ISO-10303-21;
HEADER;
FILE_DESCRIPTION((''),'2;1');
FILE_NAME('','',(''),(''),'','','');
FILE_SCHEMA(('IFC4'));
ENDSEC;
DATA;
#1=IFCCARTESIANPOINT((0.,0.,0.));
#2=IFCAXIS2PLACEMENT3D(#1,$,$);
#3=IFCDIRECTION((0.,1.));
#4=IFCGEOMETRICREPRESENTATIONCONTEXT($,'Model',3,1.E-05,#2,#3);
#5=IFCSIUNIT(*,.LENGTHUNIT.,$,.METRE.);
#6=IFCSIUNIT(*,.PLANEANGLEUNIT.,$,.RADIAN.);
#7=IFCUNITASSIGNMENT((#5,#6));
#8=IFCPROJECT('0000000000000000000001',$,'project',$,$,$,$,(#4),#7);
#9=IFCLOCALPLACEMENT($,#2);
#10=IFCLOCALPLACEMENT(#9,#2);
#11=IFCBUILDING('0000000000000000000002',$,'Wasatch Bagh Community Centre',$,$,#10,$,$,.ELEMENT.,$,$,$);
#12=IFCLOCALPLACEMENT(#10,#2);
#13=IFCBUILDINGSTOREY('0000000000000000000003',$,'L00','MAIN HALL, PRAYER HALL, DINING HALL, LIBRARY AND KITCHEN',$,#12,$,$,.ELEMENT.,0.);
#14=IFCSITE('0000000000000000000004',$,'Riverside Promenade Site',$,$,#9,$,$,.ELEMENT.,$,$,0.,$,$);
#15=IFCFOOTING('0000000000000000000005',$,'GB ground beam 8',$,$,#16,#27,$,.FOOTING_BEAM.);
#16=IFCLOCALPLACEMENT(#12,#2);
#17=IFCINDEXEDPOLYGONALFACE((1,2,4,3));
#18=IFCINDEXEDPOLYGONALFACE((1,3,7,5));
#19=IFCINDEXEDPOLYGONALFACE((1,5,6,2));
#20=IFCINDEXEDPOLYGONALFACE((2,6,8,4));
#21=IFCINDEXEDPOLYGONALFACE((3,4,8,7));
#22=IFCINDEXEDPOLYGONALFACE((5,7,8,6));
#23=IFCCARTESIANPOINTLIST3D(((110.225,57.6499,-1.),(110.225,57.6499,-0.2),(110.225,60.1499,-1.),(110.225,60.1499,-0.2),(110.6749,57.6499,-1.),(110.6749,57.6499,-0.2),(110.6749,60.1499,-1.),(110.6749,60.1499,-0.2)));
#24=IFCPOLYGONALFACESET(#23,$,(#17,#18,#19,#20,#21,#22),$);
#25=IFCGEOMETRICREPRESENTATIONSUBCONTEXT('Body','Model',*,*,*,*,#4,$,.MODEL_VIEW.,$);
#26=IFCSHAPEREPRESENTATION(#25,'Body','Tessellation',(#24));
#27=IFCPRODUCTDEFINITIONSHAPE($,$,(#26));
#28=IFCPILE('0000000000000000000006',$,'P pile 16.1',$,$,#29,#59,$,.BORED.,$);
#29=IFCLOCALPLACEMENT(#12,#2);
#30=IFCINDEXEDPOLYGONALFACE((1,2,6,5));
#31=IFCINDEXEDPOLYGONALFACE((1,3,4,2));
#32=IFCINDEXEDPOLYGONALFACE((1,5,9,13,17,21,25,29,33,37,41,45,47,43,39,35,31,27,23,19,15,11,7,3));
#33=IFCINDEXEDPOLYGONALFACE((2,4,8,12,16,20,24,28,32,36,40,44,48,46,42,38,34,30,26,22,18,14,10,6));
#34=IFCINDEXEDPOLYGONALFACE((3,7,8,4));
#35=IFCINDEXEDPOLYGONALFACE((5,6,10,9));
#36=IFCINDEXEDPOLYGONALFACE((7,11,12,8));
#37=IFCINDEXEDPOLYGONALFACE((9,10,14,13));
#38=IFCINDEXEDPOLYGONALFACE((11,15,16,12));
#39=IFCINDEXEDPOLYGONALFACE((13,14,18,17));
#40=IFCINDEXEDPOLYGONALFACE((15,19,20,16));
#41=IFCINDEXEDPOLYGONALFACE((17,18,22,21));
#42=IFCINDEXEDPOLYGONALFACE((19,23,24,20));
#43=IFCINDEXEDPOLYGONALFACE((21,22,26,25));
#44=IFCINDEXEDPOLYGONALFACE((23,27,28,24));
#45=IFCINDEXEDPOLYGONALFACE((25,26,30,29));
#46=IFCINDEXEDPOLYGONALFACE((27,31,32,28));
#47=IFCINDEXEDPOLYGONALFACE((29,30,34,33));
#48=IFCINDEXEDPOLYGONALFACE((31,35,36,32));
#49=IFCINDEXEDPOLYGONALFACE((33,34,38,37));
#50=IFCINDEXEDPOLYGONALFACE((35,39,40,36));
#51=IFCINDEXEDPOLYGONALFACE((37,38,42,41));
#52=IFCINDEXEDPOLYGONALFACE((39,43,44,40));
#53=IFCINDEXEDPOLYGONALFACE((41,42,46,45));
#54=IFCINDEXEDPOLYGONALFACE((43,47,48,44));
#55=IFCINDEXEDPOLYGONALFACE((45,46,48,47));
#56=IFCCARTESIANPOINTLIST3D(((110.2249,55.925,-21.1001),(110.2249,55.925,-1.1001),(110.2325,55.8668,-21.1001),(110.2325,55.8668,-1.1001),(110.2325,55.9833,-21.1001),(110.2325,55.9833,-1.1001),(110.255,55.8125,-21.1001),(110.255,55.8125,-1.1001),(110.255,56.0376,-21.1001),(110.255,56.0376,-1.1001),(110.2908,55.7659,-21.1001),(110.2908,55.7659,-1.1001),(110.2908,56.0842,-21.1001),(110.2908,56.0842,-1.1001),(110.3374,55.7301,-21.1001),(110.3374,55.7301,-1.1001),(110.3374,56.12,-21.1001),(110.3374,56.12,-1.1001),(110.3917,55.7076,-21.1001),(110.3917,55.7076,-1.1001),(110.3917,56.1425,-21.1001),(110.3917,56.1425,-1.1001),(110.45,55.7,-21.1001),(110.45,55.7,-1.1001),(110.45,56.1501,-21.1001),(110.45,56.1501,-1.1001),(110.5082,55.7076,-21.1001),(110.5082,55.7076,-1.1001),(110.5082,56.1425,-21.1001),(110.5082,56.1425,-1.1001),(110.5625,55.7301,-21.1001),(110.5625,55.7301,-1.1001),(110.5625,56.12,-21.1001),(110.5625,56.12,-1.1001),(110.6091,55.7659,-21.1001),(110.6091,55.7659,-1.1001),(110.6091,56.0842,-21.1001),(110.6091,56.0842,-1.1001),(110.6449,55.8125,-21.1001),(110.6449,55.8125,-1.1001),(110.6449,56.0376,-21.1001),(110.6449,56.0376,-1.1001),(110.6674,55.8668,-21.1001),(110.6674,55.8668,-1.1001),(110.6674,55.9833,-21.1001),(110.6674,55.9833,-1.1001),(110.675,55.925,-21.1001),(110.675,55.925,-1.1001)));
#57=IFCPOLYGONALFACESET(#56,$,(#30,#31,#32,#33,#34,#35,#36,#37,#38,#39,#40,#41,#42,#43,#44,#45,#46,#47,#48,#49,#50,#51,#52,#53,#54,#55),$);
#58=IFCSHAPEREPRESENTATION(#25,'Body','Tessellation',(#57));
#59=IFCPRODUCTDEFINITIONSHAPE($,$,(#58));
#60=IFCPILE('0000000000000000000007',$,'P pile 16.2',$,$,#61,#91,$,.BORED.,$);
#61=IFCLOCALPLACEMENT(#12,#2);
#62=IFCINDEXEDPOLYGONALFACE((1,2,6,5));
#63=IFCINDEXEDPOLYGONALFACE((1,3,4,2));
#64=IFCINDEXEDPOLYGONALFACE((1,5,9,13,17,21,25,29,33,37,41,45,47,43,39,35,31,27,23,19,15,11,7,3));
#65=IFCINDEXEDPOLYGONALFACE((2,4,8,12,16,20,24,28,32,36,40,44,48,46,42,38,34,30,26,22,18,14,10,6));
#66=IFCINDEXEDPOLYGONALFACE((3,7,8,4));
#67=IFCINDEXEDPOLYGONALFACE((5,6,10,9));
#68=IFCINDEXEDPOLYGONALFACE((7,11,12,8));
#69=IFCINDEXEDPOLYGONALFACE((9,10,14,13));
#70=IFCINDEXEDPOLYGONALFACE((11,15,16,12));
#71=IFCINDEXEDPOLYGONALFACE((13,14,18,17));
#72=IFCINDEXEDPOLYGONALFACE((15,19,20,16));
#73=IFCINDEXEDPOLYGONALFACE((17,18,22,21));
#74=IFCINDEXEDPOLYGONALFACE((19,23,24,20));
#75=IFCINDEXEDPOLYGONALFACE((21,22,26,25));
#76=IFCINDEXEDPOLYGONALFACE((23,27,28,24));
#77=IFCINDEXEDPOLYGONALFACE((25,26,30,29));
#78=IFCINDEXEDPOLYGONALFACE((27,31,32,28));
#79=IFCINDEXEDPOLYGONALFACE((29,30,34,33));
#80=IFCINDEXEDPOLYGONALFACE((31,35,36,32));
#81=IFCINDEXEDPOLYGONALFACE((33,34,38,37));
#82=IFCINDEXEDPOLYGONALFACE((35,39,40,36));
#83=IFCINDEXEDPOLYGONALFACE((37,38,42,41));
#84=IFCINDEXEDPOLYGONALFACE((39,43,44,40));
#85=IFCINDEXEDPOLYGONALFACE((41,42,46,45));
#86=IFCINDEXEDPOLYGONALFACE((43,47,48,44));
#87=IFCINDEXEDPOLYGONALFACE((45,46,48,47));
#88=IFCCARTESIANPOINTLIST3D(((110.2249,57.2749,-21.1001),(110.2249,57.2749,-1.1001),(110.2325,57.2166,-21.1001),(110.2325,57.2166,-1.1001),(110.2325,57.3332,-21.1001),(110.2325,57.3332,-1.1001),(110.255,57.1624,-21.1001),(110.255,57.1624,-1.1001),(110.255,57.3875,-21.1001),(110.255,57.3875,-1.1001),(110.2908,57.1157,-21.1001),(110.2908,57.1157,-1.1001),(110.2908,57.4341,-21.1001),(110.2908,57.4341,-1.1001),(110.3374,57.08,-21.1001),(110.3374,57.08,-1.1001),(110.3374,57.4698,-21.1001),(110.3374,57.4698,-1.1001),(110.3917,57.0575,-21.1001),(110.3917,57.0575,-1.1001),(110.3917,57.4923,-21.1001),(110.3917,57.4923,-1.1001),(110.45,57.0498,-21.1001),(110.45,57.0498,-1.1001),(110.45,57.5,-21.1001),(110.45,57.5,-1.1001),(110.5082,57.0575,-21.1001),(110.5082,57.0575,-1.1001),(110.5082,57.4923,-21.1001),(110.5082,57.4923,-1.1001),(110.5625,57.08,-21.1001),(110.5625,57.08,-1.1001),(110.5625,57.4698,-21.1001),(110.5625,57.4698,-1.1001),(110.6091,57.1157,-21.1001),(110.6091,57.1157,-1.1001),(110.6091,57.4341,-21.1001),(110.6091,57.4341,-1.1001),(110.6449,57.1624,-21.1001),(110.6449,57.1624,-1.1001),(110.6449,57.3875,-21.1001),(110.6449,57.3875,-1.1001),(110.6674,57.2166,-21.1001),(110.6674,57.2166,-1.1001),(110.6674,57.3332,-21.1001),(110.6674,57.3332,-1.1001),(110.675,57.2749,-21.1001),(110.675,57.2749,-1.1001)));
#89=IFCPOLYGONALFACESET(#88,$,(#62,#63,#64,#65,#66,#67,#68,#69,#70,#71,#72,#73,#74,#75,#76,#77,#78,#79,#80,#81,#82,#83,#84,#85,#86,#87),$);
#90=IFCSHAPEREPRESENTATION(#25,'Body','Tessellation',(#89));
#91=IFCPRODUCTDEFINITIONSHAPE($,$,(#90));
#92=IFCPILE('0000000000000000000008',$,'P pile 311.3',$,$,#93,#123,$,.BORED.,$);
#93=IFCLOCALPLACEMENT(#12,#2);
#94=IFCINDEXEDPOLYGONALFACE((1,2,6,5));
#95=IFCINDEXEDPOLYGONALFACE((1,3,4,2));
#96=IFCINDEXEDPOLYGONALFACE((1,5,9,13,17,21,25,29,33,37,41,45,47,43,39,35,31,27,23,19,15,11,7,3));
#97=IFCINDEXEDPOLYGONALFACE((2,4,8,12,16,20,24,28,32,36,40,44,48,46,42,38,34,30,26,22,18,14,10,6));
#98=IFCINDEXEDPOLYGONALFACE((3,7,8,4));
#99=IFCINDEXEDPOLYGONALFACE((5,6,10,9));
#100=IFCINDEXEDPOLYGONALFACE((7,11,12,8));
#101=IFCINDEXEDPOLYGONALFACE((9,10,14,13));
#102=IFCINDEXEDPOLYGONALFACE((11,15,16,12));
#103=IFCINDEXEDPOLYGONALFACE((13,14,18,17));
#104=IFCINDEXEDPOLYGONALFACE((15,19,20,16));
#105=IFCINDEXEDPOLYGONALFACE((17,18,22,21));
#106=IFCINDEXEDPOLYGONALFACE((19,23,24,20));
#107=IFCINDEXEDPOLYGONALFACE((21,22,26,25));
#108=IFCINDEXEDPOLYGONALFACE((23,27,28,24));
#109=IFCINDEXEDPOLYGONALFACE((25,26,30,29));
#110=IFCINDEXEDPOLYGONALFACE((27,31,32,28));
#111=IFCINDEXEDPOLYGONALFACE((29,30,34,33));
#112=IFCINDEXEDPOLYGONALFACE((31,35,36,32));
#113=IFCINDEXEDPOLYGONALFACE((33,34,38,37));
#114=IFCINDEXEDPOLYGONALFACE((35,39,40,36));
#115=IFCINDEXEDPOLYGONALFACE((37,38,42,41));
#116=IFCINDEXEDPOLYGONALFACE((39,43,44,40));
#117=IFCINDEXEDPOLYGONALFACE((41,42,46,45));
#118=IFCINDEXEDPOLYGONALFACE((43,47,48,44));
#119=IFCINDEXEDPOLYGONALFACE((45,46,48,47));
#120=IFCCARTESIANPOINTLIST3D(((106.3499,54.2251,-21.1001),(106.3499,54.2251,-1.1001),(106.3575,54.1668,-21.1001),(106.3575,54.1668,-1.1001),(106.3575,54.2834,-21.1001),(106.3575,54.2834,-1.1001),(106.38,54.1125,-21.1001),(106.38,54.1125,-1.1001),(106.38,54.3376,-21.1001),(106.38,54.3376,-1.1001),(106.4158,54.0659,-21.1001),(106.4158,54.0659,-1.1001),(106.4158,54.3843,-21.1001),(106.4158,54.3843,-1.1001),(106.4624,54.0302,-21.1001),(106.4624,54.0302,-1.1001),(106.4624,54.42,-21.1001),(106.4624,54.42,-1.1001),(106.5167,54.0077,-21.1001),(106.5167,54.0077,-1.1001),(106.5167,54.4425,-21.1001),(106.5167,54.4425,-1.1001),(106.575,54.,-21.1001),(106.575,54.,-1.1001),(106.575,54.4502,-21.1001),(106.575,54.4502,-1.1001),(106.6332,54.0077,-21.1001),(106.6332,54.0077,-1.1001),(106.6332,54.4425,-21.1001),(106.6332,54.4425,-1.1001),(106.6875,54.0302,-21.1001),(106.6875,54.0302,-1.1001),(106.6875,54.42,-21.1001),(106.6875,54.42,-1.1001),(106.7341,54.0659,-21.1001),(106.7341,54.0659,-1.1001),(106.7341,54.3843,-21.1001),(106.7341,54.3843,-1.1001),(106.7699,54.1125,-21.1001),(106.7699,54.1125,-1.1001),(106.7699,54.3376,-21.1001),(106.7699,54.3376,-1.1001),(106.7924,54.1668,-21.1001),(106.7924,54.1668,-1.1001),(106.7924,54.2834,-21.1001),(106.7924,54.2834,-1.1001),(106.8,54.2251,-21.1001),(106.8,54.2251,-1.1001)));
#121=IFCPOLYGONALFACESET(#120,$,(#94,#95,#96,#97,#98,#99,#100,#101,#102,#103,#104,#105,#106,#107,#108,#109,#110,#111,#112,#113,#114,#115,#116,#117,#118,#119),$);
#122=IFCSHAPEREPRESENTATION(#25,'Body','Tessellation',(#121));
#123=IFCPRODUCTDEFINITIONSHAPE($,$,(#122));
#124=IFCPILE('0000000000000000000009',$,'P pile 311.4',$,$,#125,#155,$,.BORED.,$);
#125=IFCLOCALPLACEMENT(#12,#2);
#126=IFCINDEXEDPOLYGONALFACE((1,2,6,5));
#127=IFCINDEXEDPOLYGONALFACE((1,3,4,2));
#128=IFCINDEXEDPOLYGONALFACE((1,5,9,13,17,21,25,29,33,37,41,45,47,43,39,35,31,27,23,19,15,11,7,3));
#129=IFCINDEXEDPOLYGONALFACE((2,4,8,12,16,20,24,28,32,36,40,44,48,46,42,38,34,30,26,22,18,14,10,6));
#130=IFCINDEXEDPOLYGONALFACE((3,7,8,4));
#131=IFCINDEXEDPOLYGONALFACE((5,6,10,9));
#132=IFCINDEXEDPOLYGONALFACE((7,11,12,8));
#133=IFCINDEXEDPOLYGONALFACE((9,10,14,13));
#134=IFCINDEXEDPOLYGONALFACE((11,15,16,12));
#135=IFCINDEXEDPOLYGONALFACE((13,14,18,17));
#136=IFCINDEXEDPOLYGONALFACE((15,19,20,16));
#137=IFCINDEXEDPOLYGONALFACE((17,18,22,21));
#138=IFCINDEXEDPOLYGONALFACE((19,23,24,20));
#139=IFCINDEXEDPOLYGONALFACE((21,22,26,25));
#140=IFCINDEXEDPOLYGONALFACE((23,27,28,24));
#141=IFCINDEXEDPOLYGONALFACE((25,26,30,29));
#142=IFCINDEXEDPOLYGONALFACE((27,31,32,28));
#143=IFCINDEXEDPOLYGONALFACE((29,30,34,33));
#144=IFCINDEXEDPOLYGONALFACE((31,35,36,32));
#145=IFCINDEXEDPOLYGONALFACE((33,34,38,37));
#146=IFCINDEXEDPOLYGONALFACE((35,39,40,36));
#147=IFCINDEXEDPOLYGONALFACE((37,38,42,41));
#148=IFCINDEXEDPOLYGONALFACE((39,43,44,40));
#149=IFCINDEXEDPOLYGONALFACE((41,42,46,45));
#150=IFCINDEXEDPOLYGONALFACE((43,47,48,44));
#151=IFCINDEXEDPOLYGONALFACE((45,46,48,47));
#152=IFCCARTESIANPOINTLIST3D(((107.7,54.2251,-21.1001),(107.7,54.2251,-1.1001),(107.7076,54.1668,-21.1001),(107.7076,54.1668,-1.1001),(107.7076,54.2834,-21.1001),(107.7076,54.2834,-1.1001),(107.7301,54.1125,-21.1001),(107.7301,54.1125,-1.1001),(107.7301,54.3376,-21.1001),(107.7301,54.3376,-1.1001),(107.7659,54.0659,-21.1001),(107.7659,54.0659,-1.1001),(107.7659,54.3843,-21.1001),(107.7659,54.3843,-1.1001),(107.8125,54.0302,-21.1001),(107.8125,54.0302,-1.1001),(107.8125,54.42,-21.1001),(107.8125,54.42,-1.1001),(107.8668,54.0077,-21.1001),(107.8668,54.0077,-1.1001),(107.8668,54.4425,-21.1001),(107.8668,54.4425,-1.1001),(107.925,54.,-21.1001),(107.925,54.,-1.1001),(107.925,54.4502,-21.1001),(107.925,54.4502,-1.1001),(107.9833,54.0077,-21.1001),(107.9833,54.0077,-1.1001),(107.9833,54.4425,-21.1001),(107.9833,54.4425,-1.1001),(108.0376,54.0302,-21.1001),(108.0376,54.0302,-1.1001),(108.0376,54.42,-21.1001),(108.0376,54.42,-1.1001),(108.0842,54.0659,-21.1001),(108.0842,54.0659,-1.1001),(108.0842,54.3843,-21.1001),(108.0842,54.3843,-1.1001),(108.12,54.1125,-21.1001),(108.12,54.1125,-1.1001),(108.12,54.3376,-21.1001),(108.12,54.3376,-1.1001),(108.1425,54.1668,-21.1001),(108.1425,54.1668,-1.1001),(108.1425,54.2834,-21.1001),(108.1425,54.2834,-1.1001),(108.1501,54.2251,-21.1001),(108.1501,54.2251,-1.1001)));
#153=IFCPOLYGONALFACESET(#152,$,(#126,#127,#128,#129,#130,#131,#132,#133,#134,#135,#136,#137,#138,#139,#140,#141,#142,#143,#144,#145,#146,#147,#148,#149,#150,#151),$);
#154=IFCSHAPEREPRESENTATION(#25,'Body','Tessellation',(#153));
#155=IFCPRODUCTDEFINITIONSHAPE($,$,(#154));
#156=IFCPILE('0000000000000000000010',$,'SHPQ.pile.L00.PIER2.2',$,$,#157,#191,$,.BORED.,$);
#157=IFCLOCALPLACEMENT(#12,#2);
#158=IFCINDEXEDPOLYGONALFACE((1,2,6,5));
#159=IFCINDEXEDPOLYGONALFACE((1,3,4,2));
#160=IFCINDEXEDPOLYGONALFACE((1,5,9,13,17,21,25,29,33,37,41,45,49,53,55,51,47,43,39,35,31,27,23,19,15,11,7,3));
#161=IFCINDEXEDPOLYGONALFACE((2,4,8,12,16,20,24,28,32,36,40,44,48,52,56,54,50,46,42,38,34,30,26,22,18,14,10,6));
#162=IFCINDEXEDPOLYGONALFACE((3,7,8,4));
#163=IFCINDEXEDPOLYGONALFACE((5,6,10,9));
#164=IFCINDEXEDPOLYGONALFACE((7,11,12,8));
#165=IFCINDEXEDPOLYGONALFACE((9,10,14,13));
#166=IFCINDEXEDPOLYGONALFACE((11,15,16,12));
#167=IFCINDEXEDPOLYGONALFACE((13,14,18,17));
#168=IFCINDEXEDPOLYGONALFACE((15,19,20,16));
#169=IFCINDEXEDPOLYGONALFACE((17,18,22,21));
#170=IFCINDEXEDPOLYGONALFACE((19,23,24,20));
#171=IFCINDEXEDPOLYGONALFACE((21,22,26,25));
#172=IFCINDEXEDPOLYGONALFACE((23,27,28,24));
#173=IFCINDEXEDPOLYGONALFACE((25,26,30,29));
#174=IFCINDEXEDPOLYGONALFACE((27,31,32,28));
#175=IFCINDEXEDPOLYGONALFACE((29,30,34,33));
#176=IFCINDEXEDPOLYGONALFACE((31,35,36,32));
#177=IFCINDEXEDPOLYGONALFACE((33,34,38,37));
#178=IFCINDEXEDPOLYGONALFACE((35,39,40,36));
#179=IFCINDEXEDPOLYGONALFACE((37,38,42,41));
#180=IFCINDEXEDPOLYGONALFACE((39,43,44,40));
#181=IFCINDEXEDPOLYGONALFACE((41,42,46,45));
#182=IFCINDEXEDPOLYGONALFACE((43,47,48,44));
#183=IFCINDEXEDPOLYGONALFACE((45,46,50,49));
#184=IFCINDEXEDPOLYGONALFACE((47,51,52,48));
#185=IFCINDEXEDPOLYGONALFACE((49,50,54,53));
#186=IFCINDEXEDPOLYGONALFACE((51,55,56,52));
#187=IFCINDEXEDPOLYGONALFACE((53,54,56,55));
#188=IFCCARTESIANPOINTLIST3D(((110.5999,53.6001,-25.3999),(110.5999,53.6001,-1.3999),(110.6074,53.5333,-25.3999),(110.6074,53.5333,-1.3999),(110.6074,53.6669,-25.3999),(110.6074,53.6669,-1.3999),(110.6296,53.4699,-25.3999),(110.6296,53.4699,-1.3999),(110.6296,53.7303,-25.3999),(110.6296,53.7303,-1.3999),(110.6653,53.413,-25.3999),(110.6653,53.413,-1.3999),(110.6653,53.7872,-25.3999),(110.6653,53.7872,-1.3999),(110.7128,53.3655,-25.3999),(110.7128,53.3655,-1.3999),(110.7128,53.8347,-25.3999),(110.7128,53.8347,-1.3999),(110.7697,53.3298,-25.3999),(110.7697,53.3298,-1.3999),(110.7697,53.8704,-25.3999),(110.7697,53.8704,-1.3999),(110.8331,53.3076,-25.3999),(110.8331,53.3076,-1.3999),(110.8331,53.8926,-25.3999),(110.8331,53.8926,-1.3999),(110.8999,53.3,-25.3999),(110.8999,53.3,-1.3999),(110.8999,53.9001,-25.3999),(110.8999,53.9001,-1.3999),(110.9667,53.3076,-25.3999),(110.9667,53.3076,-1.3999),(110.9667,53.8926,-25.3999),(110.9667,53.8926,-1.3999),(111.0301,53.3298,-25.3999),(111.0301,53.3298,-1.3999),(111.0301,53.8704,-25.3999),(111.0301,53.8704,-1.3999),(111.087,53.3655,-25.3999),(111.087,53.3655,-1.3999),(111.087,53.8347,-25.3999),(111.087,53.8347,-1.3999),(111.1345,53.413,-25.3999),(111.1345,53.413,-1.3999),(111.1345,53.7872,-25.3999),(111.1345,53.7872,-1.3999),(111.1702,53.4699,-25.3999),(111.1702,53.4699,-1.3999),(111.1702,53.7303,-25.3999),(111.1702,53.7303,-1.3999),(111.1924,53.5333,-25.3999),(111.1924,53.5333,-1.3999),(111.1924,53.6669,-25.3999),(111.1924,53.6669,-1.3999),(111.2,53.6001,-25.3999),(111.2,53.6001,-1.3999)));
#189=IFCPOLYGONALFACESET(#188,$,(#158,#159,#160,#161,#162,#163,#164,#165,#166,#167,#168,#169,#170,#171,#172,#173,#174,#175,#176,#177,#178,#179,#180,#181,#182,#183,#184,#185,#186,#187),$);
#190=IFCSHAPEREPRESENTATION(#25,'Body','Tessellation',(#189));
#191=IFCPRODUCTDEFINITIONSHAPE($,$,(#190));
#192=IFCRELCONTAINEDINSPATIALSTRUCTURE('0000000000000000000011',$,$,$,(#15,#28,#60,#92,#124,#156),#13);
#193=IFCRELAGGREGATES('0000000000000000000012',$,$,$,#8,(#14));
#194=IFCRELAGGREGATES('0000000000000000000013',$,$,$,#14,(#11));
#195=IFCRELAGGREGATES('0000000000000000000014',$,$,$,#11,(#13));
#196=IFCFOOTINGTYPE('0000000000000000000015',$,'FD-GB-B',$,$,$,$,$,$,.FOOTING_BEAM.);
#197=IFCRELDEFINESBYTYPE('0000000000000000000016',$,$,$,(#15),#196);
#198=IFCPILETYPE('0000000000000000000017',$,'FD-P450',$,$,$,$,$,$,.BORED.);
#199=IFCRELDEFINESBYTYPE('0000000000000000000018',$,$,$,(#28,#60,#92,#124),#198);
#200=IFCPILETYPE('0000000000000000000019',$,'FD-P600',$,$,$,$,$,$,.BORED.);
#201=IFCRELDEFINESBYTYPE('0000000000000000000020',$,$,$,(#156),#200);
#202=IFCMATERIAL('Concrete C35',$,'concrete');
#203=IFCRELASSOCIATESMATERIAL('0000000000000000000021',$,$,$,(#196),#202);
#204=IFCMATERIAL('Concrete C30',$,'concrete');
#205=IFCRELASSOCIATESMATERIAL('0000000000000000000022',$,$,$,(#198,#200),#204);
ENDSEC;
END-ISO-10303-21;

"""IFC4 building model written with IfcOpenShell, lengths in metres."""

from ifc_helpers import new_model, si_unit, direction, frame, origin, origin_2d, place, context, subcontext, project, spatial, rectangle, circle, extrude, material, material_profile, profile_set, type_object, element, save


model = new_model("IFC4")

# Units and contexts
model_context = context("Model", 3, precision=1e-05, world=origin(), true_north=direction((0.0, 1.0)))
body_context = subcontext(model_context, "Body", "Model", "MODEL_VIEW")
ifc_project = project(units=[si_unit("LENGTHUNIT", "METRE"), si_unit("PLANEANGLEUNIT", "RADIAN")], contexts=[model_context])

# Site, building, storey
site_placement = place(None, origin())
site = spatial("IfcSite", under=ifc_project, at=site_placement, Name="Riverside Promenade Site", CompositionType="ELEMENT", RefElevation=0.0)
building_placement = place(site_placement, origin())
building = spatial("IfcBuilding", under=site, at=building_placement, Name="Wasatch Bagh Community Centre", CompositionType="ELEMENT")
storey_placement = place(building_placement, origin())
storey = spatial("IfcBuildingStorey", under=building, at=storey_placement, Name="L00", Description="MAIN HALL, PRAYER HALL, DINING HALL, LIBRARY AND KITCHEN", CompositionType="ELEMENT", Elevation=0.0)

# Footing
ifc_material_1 = material(Name="Concrete C35", Category="concrete")
footing_type_1 = type_object("IfcFootingType", Name="FD-GB-B", PredefinedType="FOOTING_BEAM", material=ifc_material_1)
footing_1_placement = place(storey_placement, frame((110.45, 58.8999, -1.0), z_axis=(0.0, 0.0, 1.0), x_axis=(0.0, 1.0, 0.0)))
element("IfcFooting", 1, at=footing_1_placement, inside=storey, type_object=footing_type_1, Name="GB ground beam 8", PredefinedType="FOOTING_BEAM", context=body_context, shape_type="SweptSolid", body=[
    extrude(rectangle(XDim=2.5, YDim=0.45, at=origin_2d()), origin(), (0.0, 0.0, 1.0), 0.8),
])

# Piles
ifc_material_2 = material(Name="Concrete C30", Category="concrete")
ifc_material_profile_1 = material_profile(ifc_material_2, circle(Radius=0.2251, at=origin_2d()), Name="RC D450")
ifc_profile_set_1 = profile_set([ifc_material_profile_1], Name="Concrete C30")
pile_type_1 = type_object("IfcPileType", Name="FD-P450", PredefinedType="BORED", material=ifc_profile_set_1)
for number, where, z_axis, x_axis, name in (
    (2, (110.45, 55.925, -1.1001), (0.0, 0.0, -1.0), (1.0, 0.0, 0.0), "P pile 16.1"),
    (3, (110.45, 57.2749, -1.1001), (0.0, 0.0, -1.0), (1.0, 0.0, 0.0), "P pile 16.2"),
    (4, (106.575, 54.2251, -1.1001), (0.0, 0.0, -1.0), (1.0, 0.0, 0.0), "P pile 311.3"),
    (5, (107.925, 54.2251, -1.1001), (0.0, 0.0, -1.0), (1.0, 0.0, 0.0), "P pile 311.4"),
):
    element("IfcPile", number, at=place(storey_placement, frame(where, z_axis=z_axis, x_axis=x_axis)), inside=storey, type_object=pile_type_1, Name=name, PredefinedType="BORED", context=body_context, shape_type="SweptSolid", body=[
        extrude(circle(Radius=0.2251, at=origin_2d()), origin(), (0.0, 0.0, 1.0), 20.0),
    ])
ifc_material_profile_2 = material_profile(ifc_material_2, circle(Radius=0.3, at=origin_2d()), Name="RC D600")
ifc_profile_set_2 = profile_set([ifc_material_profile_2], Name="Concrete C30")
pile_type_2 = type_object("IfcPileType", Name="FD-P600", PredefinedType="BORED", material=ifc_profile_set_2)
for number, where, z_axis, x_axis, name in (
    (6, (110.8999, 53.6001, -1.3999), (0.0, 0.0, -1.0), (1.0, 0.0, 0.0), "SHPQ.pile.L00.PIER2.2"),
):
    element("IfcPile", number, at=place(storey_placement, frame(where, z_axis=z_axis, x_axis=x_axis)), inside=storey, type_object=pile_type_2, Name=name, PredefinedType="BORED", context=body_context, shape_type="SweptSolid", body=[
        extrude(circle(Radius=0.3, at=origin_2d()), origin(), (0.0, 0.0, 1.0), 24.0),
    ])

save(model, "model.ifc")
